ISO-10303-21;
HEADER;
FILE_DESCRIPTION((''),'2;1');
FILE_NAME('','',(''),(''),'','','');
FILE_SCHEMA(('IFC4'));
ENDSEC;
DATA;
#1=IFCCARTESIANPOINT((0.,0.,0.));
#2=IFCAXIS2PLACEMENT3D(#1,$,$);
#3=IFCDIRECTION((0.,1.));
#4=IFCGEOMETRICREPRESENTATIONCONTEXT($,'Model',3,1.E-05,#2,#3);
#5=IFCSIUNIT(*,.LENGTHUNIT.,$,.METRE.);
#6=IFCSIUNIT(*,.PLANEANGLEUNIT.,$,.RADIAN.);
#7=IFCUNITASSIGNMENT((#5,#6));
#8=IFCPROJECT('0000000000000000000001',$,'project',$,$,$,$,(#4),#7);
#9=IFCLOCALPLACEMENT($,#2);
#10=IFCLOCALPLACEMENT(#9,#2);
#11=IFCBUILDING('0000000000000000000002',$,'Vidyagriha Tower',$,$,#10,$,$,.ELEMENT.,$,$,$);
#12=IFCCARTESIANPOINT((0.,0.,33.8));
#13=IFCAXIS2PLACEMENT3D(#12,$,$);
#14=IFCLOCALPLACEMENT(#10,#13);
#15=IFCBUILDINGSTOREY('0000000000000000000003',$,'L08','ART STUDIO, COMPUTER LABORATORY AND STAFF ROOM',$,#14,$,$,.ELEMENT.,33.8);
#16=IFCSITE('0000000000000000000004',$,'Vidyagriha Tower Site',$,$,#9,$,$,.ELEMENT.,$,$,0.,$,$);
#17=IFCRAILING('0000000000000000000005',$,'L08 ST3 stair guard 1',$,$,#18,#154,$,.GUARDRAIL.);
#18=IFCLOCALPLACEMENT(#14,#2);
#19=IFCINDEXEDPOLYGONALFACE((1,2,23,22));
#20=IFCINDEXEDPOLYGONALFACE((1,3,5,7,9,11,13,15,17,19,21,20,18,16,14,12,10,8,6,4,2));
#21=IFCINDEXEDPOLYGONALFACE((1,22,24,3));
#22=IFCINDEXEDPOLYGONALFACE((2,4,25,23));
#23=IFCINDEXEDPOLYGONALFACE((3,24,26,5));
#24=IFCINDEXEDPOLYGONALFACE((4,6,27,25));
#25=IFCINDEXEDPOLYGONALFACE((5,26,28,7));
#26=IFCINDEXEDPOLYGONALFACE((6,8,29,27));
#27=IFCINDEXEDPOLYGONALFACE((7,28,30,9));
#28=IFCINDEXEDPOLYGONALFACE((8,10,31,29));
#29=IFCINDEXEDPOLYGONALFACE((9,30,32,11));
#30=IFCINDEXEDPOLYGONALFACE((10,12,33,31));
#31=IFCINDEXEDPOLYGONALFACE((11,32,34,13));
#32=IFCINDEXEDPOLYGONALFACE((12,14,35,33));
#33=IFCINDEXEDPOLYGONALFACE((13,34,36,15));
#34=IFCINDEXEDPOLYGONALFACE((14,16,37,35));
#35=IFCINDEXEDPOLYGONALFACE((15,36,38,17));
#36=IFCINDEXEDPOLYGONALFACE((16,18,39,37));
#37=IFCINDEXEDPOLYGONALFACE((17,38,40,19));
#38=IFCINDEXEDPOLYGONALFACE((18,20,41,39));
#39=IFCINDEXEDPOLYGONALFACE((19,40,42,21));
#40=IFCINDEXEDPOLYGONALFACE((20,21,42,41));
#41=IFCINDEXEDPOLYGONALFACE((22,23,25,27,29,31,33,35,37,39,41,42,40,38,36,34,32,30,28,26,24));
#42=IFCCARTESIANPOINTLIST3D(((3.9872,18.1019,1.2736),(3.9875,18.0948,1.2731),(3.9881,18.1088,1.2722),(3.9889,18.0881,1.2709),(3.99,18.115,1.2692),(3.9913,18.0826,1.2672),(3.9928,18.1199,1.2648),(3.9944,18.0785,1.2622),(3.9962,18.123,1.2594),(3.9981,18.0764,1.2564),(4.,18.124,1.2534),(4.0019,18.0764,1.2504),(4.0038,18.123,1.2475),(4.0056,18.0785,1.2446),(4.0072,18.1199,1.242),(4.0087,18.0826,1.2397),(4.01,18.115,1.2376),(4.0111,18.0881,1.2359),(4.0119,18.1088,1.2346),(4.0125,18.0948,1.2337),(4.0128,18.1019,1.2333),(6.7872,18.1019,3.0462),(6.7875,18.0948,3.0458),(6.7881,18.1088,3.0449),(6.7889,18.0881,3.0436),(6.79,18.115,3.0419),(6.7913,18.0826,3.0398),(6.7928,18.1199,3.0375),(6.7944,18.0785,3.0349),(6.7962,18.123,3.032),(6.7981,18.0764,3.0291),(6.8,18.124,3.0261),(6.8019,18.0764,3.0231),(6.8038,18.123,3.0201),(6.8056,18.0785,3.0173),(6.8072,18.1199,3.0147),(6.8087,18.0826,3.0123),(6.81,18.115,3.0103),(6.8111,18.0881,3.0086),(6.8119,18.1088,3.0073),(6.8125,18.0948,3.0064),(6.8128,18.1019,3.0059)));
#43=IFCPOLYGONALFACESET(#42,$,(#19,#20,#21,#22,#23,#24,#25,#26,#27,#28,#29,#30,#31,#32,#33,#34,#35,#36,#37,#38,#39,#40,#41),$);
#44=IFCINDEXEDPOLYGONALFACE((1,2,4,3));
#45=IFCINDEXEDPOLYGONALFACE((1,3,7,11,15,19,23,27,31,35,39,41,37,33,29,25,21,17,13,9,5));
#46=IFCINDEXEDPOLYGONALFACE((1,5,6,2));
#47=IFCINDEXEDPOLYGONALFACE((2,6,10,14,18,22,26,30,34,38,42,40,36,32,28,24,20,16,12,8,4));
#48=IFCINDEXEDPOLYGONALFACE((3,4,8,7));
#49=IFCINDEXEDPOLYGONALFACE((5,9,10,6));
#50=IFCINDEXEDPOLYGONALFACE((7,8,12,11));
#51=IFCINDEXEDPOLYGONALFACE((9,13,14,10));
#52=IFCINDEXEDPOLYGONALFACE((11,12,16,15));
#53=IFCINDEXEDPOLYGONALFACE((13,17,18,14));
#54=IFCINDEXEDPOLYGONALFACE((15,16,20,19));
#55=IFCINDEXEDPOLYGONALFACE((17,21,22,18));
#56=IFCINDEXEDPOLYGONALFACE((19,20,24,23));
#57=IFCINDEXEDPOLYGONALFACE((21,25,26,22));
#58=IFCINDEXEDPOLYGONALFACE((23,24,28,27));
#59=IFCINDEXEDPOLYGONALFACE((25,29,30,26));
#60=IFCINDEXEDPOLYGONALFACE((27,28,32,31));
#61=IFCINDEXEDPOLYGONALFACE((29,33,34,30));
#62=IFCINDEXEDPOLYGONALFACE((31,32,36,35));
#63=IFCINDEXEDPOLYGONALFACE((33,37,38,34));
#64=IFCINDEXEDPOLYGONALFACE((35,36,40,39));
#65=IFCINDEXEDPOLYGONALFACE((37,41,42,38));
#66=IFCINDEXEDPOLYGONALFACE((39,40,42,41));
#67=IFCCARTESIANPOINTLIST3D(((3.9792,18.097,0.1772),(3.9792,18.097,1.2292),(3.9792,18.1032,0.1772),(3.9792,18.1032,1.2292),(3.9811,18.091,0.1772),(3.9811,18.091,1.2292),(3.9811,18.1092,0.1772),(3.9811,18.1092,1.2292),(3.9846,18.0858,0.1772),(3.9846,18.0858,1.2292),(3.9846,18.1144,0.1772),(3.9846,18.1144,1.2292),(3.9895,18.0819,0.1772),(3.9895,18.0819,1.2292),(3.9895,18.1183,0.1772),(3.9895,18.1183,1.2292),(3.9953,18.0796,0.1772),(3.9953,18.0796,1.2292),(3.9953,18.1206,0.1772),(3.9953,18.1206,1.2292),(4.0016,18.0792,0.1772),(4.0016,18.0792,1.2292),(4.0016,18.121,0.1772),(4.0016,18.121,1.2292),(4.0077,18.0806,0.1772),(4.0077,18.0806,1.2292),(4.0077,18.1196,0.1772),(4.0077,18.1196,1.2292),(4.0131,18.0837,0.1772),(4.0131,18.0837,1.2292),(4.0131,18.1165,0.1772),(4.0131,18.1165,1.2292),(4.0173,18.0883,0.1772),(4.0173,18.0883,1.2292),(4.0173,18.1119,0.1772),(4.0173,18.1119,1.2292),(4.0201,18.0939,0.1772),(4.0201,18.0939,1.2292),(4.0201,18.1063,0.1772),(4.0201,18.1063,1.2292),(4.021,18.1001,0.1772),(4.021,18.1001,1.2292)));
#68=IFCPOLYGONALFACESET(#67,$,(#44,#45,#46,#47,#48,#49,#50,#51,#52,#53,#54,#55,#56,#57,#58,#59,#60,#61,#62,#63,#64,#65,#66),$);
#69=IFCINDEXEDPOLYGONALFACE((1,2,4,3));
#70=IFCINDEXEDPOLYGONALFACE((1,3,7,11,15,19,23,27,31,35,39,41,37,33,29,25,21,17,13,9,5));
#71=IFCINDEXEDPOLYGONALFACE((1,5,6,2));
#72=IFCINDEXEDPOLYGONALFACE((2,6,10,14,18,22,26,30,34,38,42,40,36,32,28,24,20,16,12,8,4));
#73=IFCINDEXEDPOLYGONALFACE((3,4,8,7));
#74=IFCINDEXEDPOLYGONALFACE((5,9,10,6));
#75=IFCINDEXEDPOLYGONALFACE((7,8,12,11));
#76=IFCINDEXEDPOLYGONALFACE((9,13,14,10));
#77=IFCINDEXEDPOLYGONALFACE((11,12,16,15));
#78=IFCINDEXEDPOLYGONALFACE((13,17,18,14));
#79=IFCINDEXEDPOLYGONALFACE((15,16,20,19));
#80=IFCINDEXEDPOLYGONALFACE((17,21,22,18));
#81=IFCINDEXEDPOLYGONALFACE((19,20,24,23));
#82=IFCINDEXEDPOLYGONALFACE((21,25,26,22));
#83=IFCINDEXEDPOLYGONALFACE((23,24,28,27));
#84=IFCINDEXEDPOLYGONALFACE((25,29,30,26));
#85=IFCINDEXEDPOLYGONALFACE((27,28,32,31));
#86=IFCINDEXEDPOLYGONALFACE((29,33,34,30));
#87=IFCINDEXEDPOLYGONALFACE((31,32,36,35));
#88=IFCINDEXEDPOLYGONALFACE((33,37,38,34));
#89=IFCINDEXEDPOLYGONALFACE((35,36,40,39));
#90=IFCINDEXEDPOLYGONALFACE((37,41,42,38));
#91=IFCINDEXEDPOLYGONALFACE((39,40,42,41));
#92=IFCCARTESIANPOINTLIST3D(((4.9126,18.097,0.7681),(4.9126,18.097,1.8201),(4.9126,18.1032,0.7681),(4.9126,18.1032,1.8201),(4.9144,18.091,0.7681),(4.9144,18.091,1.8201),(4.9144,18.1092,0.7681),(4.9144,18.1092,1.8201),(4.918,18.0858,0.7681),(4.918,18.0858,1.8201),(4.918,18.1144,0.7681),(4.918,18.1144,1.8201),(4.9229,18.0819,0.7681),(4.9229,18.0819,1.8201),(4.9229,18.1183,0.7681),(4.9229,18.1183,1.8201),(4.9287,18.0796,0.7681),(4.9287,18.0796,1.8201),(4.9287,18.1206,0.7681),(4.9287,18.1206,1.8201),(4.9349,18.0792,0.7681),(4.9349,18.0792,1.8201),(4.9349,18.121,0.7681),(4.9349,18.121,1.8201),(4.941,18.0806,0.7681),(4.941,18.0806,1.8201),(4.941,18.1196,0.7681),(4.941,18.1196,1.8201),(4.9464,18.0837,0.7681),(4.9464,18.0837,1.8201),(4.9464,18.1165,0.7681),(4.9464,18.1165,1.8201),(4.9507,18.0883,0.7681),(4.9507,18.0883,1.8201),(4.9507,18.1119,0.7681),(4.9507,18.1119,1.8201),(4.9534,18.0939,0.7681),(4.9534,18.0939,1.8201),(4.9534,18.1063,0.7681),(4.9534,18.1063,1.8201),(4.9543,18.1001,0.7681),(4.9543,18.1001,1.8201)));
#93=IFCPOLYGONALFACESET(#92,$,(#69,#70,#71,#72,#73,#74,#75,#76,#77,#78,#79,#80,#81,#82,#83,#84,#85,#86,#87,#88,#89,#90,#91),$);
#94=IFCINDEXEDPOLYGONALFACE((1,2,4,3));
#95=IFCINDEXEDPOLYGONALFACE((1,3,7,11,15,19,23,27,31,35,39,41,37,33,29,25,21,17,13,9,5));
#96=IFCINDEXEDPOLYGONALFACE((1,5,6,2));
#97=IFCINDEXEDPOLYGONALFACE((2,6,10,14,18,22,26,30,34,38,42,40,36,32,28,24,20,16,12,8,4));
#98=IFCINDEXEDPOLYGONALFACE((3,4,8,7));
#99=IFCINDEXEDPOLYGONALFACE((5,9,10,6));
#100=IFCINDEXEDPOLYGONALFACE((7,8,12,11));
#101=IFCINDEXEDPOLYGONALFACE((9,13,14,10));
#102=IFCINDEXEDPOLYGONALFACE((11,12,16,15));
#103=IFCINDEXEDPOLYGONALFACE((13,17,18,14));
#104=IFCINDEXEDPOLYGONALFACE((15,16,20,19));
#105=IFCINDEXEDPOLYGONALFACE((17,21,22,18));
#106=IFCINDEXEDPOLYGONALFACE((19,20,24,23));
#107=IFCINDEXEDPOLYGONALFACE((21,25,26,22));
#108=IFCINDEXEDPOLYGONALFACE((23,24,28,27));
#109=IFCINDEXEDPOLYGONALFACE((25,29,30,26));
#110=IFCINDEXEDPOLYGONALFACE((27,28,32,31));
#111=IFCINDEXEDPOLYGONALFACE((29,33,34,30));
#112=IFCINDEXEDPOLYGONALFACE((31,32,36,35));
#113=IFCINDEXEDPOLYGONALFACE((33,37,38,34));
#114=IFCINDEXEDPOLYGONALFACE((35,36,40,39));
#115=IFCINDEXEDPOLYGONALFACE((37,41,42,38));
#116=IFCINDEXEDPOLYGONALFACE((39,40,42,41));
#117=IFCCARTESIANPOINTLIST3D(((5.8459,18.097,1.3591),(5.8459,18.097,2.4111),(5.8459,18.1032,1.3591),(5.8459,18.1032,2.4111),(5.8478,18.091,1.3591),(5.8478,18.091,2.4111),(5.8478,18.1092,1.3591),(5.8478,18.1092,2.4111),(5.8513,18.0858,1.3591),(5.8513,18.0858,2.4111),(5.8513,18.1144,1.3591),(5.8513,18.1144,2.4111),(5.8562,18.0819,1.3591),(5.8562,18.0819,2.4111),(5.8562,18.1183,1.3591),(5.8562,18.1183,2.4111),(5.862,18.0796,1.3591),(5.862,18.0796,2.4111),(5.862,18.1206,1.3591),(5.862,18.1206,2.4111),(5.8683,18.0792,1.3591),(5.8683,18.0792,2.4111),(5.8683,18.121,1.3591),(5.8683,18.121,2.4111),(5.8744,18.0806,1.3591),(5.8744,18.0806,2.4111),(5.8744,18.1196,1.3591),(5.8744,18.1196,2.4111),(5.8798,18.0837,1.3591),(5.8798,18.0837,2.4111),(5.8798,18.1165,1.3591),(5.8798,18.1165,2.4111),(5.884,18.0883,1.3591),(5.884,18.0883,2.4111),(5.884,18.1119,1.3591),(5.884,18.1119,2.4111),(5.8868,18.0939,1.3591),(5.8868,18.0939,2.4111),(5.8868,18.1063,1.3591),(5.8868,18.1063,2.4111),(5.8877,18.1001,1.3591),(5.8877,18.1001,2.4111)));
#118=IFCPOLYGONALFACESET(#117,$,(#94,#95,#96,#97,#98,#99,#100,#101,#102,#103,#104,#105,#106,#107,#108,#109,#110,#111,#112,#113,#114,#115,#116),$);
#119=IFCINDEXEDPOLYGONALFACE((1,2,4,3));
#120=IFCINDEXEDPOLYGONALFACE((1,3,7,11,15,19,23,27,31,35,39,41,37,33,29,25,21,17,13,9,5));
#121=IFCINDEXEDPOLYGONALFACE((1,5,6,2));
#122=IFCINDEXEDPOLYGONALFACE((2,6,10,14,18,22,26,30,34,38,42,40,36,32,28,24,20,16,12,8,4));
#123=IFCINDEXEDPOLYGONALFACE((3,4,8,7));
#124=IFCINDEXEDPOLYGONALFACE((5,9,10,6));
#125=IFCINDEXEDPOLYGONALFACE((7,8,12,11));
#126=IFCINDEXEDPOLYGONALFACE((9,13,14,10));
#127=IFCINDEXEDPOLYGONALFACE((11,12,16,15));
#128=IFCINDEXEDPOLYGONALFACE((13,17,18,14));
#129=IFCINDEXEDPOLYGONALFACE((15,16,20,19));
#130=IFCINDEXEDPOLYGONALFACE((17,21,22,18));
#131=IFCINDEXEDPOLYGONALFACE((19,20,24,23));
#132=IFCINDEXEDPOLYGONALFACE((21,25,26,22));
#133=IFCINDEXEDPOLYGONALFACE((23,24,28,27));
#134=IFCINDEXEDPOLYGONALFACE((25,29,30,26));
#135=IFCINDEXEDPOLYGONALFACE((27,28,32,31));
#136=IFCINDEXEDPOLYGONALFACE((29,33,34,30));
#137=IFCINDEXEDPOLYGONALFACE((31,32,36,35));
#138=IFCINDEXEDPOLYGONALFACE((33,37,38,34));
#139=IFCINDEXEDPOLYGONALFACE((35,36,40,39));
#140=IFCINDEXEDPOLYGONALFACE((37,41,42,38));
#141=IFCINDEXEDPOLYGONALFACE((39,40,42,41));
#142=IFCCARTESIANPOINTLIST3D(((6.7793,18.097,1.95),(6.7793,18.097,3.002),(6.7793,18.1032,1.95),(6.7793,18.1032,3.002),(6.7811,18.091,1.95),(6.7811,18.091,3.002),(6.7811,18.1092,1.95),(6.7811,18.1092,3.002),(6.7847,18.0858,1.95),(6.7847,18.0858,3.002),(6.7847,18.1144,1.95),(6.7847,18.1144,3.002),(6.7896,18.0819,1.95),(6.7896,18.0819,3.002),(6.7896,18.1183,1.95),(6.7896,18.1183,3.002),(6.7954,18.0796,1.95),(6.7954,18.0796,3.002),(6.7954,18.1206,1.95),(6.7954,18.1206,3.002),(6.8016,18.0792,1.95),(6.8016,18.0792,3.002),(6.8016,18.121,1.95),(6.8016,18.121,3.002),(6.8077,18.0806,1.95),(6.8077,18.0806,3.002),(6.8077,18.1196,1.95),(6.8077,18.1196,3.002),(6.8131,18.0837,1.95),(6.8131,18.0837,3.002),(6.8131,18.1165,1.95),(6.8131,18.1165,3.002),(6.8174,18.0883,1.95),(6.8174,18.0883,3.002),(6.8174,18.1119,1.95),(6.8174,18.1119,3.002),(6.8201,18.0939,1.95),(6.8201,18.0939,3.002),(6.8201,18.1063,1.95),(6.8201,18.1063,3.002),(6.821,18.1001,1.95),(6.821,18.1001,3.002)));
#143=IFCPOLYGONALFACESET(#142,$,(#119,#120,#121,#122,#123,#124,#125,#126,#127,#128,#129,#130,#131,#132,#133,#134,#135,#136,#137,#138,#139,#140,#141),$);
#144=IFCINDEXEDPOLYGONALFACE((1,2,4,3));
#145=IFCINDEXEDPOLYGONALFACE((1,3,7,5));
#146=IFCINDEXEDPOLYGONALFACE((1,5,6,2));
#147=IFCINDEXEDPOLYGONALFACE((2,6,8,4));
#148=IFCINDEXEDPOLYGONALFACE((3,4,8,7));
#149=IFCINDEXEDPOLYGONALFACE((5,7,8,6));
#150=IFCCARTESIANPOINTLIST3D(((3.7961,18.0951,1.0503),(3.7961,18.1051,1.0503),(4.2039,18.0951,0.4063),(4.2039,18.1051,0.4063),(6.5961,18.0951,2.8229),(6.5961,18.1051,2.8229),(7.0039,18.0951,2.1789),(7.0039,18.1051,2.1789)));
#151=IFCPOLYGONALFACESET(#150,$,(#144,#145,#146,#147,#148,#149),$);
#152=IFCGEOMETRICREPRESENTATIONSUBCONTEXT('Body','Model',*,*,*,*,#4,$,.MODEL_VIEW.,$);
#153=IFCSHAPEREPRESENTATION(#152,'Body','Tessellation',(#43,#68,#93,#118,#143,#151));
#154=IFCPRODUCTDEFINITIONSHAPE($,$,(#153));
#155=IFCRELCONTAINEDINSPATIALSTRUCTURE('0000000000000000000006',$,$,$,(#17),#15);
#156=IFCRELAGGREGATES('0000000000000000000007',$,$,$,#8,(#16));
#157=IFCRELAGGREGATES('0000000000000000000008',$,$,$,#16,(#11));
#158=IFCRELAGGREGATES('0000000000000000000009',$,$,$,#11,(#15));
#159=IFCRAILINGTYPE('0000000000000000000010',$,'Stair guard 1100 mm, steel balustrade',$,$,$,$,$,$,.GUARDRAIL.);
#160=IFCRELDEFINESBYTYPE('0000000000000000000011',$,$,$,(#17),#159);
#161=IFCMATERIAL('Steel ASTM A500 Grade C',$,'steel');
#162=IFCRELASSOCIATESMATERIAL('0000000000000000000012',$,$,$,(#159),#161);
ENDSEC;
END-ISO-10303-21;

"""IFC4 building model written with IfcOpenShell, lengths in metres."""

from ifc_helpers import new_model, si_unit, direction, frame, origin, origin_2d, place, context, subcontext, project, spatial, rectangle, circle, extrude, material, type_object, element, save


model = new_model("IFC4")

# Units and contexts
model_context = context("Model", 3, precision=1e-05, world=origin(), true_north=direction((0.0, 1.0)))
body_context = subcontext(model_context, "Body", "Model", "MODEL_VIEW")
ifc_project = project(units=[si_unit("LENGTHUNIT", "METRE"), si_unit("PLANEANGLEUNIT", "RADIAN")], contexts=[model_context])

# Site, building, storey
site_placement = place(None, origin())
site = spatial("IfcSite", under=ifc_project, at=site_placement, Name="Vidyagriha Tower Site", CompositionType="ELEMENT", RefElevation=0.0)
building_placement = place(site_placement, origin())
building = spatial("IfcBuilding", under=site, at=building_placement, Name="Vidyagriha Tower", CompositionType="ELEMENT")
storey_placement = place(building_placement, frame((0.0, 0.0, 33.8)))
storey = spatial("IfcBuildingStorey", under=building, at=storey_placement, Name="L08", Description="ART STUDIO, COMPUTER LABORATORY AND STAFF ROOM", CompositionType="ELEMENT", Elevation=33.8)

# Railing
ifc_material_1 = material(Name="Steel ASTM A500 Grade C", Category="steel")
railing_type_1 = type_object("IfcRailingType", Name="Stair guard 1100 mm, steel balustrade", PredefinedType="GUARDRAIL", material=ifc_material_1)
railing_1_placement = place(storey_placement, frame((4.0, 18.1001, 0.1772)))
element("IfcRailing", 1, at=railing_1_placement, inside=storey, type_object=railing_type_1, Name="L08 ST3 stair guard 1", PredefinedType="GUARDRAIL", context=body_context, shape_type="SweptSolid", body=[
    extrude(circle(Radius=0.0239, at=origin_2d()), frame((0.0, 0.0, 1.0762), z_axis=(0.844909, 0.0, 0.53491), x_axis=(0.0, 1.0, 0.0)), (0.0, 0.0, 1.0), 3.314),
    extrude(circle(Radius=0.021, at=origin_2d()), origin(), (0.0, 0.0, 1.0), 1.052),
    extrude(circle(Radius=0.021, at=origin_2d()), frame((0.9333, 0.0, 0.5908)), (0.0, 0.0, 1.0), 1.052),
    extrude(circle(Radius=0.021, at=origin_2d()), frame((1.8667, 0.0, 1.1819)), (0.0, 0.0, 1.0), 1.052),
    extrude(circle(Radius=0.021, at=origin_2d()), frame((2.8, 0.0, 1.7727)), (0.0, 0.0, 1.0), 1.052),
    extrude(rectangle(XDim=0.01, YDim=0.7622, at=origin_2d()), frame((0.0, 0.0, 0.551), z_axis=(0.844909, 0.0, 0.53491), x_axis=(0.0, 1.0, 0.0)), (0.0, 0.0, 1.0), 3.314),
])

save(model, "model.ifc")
